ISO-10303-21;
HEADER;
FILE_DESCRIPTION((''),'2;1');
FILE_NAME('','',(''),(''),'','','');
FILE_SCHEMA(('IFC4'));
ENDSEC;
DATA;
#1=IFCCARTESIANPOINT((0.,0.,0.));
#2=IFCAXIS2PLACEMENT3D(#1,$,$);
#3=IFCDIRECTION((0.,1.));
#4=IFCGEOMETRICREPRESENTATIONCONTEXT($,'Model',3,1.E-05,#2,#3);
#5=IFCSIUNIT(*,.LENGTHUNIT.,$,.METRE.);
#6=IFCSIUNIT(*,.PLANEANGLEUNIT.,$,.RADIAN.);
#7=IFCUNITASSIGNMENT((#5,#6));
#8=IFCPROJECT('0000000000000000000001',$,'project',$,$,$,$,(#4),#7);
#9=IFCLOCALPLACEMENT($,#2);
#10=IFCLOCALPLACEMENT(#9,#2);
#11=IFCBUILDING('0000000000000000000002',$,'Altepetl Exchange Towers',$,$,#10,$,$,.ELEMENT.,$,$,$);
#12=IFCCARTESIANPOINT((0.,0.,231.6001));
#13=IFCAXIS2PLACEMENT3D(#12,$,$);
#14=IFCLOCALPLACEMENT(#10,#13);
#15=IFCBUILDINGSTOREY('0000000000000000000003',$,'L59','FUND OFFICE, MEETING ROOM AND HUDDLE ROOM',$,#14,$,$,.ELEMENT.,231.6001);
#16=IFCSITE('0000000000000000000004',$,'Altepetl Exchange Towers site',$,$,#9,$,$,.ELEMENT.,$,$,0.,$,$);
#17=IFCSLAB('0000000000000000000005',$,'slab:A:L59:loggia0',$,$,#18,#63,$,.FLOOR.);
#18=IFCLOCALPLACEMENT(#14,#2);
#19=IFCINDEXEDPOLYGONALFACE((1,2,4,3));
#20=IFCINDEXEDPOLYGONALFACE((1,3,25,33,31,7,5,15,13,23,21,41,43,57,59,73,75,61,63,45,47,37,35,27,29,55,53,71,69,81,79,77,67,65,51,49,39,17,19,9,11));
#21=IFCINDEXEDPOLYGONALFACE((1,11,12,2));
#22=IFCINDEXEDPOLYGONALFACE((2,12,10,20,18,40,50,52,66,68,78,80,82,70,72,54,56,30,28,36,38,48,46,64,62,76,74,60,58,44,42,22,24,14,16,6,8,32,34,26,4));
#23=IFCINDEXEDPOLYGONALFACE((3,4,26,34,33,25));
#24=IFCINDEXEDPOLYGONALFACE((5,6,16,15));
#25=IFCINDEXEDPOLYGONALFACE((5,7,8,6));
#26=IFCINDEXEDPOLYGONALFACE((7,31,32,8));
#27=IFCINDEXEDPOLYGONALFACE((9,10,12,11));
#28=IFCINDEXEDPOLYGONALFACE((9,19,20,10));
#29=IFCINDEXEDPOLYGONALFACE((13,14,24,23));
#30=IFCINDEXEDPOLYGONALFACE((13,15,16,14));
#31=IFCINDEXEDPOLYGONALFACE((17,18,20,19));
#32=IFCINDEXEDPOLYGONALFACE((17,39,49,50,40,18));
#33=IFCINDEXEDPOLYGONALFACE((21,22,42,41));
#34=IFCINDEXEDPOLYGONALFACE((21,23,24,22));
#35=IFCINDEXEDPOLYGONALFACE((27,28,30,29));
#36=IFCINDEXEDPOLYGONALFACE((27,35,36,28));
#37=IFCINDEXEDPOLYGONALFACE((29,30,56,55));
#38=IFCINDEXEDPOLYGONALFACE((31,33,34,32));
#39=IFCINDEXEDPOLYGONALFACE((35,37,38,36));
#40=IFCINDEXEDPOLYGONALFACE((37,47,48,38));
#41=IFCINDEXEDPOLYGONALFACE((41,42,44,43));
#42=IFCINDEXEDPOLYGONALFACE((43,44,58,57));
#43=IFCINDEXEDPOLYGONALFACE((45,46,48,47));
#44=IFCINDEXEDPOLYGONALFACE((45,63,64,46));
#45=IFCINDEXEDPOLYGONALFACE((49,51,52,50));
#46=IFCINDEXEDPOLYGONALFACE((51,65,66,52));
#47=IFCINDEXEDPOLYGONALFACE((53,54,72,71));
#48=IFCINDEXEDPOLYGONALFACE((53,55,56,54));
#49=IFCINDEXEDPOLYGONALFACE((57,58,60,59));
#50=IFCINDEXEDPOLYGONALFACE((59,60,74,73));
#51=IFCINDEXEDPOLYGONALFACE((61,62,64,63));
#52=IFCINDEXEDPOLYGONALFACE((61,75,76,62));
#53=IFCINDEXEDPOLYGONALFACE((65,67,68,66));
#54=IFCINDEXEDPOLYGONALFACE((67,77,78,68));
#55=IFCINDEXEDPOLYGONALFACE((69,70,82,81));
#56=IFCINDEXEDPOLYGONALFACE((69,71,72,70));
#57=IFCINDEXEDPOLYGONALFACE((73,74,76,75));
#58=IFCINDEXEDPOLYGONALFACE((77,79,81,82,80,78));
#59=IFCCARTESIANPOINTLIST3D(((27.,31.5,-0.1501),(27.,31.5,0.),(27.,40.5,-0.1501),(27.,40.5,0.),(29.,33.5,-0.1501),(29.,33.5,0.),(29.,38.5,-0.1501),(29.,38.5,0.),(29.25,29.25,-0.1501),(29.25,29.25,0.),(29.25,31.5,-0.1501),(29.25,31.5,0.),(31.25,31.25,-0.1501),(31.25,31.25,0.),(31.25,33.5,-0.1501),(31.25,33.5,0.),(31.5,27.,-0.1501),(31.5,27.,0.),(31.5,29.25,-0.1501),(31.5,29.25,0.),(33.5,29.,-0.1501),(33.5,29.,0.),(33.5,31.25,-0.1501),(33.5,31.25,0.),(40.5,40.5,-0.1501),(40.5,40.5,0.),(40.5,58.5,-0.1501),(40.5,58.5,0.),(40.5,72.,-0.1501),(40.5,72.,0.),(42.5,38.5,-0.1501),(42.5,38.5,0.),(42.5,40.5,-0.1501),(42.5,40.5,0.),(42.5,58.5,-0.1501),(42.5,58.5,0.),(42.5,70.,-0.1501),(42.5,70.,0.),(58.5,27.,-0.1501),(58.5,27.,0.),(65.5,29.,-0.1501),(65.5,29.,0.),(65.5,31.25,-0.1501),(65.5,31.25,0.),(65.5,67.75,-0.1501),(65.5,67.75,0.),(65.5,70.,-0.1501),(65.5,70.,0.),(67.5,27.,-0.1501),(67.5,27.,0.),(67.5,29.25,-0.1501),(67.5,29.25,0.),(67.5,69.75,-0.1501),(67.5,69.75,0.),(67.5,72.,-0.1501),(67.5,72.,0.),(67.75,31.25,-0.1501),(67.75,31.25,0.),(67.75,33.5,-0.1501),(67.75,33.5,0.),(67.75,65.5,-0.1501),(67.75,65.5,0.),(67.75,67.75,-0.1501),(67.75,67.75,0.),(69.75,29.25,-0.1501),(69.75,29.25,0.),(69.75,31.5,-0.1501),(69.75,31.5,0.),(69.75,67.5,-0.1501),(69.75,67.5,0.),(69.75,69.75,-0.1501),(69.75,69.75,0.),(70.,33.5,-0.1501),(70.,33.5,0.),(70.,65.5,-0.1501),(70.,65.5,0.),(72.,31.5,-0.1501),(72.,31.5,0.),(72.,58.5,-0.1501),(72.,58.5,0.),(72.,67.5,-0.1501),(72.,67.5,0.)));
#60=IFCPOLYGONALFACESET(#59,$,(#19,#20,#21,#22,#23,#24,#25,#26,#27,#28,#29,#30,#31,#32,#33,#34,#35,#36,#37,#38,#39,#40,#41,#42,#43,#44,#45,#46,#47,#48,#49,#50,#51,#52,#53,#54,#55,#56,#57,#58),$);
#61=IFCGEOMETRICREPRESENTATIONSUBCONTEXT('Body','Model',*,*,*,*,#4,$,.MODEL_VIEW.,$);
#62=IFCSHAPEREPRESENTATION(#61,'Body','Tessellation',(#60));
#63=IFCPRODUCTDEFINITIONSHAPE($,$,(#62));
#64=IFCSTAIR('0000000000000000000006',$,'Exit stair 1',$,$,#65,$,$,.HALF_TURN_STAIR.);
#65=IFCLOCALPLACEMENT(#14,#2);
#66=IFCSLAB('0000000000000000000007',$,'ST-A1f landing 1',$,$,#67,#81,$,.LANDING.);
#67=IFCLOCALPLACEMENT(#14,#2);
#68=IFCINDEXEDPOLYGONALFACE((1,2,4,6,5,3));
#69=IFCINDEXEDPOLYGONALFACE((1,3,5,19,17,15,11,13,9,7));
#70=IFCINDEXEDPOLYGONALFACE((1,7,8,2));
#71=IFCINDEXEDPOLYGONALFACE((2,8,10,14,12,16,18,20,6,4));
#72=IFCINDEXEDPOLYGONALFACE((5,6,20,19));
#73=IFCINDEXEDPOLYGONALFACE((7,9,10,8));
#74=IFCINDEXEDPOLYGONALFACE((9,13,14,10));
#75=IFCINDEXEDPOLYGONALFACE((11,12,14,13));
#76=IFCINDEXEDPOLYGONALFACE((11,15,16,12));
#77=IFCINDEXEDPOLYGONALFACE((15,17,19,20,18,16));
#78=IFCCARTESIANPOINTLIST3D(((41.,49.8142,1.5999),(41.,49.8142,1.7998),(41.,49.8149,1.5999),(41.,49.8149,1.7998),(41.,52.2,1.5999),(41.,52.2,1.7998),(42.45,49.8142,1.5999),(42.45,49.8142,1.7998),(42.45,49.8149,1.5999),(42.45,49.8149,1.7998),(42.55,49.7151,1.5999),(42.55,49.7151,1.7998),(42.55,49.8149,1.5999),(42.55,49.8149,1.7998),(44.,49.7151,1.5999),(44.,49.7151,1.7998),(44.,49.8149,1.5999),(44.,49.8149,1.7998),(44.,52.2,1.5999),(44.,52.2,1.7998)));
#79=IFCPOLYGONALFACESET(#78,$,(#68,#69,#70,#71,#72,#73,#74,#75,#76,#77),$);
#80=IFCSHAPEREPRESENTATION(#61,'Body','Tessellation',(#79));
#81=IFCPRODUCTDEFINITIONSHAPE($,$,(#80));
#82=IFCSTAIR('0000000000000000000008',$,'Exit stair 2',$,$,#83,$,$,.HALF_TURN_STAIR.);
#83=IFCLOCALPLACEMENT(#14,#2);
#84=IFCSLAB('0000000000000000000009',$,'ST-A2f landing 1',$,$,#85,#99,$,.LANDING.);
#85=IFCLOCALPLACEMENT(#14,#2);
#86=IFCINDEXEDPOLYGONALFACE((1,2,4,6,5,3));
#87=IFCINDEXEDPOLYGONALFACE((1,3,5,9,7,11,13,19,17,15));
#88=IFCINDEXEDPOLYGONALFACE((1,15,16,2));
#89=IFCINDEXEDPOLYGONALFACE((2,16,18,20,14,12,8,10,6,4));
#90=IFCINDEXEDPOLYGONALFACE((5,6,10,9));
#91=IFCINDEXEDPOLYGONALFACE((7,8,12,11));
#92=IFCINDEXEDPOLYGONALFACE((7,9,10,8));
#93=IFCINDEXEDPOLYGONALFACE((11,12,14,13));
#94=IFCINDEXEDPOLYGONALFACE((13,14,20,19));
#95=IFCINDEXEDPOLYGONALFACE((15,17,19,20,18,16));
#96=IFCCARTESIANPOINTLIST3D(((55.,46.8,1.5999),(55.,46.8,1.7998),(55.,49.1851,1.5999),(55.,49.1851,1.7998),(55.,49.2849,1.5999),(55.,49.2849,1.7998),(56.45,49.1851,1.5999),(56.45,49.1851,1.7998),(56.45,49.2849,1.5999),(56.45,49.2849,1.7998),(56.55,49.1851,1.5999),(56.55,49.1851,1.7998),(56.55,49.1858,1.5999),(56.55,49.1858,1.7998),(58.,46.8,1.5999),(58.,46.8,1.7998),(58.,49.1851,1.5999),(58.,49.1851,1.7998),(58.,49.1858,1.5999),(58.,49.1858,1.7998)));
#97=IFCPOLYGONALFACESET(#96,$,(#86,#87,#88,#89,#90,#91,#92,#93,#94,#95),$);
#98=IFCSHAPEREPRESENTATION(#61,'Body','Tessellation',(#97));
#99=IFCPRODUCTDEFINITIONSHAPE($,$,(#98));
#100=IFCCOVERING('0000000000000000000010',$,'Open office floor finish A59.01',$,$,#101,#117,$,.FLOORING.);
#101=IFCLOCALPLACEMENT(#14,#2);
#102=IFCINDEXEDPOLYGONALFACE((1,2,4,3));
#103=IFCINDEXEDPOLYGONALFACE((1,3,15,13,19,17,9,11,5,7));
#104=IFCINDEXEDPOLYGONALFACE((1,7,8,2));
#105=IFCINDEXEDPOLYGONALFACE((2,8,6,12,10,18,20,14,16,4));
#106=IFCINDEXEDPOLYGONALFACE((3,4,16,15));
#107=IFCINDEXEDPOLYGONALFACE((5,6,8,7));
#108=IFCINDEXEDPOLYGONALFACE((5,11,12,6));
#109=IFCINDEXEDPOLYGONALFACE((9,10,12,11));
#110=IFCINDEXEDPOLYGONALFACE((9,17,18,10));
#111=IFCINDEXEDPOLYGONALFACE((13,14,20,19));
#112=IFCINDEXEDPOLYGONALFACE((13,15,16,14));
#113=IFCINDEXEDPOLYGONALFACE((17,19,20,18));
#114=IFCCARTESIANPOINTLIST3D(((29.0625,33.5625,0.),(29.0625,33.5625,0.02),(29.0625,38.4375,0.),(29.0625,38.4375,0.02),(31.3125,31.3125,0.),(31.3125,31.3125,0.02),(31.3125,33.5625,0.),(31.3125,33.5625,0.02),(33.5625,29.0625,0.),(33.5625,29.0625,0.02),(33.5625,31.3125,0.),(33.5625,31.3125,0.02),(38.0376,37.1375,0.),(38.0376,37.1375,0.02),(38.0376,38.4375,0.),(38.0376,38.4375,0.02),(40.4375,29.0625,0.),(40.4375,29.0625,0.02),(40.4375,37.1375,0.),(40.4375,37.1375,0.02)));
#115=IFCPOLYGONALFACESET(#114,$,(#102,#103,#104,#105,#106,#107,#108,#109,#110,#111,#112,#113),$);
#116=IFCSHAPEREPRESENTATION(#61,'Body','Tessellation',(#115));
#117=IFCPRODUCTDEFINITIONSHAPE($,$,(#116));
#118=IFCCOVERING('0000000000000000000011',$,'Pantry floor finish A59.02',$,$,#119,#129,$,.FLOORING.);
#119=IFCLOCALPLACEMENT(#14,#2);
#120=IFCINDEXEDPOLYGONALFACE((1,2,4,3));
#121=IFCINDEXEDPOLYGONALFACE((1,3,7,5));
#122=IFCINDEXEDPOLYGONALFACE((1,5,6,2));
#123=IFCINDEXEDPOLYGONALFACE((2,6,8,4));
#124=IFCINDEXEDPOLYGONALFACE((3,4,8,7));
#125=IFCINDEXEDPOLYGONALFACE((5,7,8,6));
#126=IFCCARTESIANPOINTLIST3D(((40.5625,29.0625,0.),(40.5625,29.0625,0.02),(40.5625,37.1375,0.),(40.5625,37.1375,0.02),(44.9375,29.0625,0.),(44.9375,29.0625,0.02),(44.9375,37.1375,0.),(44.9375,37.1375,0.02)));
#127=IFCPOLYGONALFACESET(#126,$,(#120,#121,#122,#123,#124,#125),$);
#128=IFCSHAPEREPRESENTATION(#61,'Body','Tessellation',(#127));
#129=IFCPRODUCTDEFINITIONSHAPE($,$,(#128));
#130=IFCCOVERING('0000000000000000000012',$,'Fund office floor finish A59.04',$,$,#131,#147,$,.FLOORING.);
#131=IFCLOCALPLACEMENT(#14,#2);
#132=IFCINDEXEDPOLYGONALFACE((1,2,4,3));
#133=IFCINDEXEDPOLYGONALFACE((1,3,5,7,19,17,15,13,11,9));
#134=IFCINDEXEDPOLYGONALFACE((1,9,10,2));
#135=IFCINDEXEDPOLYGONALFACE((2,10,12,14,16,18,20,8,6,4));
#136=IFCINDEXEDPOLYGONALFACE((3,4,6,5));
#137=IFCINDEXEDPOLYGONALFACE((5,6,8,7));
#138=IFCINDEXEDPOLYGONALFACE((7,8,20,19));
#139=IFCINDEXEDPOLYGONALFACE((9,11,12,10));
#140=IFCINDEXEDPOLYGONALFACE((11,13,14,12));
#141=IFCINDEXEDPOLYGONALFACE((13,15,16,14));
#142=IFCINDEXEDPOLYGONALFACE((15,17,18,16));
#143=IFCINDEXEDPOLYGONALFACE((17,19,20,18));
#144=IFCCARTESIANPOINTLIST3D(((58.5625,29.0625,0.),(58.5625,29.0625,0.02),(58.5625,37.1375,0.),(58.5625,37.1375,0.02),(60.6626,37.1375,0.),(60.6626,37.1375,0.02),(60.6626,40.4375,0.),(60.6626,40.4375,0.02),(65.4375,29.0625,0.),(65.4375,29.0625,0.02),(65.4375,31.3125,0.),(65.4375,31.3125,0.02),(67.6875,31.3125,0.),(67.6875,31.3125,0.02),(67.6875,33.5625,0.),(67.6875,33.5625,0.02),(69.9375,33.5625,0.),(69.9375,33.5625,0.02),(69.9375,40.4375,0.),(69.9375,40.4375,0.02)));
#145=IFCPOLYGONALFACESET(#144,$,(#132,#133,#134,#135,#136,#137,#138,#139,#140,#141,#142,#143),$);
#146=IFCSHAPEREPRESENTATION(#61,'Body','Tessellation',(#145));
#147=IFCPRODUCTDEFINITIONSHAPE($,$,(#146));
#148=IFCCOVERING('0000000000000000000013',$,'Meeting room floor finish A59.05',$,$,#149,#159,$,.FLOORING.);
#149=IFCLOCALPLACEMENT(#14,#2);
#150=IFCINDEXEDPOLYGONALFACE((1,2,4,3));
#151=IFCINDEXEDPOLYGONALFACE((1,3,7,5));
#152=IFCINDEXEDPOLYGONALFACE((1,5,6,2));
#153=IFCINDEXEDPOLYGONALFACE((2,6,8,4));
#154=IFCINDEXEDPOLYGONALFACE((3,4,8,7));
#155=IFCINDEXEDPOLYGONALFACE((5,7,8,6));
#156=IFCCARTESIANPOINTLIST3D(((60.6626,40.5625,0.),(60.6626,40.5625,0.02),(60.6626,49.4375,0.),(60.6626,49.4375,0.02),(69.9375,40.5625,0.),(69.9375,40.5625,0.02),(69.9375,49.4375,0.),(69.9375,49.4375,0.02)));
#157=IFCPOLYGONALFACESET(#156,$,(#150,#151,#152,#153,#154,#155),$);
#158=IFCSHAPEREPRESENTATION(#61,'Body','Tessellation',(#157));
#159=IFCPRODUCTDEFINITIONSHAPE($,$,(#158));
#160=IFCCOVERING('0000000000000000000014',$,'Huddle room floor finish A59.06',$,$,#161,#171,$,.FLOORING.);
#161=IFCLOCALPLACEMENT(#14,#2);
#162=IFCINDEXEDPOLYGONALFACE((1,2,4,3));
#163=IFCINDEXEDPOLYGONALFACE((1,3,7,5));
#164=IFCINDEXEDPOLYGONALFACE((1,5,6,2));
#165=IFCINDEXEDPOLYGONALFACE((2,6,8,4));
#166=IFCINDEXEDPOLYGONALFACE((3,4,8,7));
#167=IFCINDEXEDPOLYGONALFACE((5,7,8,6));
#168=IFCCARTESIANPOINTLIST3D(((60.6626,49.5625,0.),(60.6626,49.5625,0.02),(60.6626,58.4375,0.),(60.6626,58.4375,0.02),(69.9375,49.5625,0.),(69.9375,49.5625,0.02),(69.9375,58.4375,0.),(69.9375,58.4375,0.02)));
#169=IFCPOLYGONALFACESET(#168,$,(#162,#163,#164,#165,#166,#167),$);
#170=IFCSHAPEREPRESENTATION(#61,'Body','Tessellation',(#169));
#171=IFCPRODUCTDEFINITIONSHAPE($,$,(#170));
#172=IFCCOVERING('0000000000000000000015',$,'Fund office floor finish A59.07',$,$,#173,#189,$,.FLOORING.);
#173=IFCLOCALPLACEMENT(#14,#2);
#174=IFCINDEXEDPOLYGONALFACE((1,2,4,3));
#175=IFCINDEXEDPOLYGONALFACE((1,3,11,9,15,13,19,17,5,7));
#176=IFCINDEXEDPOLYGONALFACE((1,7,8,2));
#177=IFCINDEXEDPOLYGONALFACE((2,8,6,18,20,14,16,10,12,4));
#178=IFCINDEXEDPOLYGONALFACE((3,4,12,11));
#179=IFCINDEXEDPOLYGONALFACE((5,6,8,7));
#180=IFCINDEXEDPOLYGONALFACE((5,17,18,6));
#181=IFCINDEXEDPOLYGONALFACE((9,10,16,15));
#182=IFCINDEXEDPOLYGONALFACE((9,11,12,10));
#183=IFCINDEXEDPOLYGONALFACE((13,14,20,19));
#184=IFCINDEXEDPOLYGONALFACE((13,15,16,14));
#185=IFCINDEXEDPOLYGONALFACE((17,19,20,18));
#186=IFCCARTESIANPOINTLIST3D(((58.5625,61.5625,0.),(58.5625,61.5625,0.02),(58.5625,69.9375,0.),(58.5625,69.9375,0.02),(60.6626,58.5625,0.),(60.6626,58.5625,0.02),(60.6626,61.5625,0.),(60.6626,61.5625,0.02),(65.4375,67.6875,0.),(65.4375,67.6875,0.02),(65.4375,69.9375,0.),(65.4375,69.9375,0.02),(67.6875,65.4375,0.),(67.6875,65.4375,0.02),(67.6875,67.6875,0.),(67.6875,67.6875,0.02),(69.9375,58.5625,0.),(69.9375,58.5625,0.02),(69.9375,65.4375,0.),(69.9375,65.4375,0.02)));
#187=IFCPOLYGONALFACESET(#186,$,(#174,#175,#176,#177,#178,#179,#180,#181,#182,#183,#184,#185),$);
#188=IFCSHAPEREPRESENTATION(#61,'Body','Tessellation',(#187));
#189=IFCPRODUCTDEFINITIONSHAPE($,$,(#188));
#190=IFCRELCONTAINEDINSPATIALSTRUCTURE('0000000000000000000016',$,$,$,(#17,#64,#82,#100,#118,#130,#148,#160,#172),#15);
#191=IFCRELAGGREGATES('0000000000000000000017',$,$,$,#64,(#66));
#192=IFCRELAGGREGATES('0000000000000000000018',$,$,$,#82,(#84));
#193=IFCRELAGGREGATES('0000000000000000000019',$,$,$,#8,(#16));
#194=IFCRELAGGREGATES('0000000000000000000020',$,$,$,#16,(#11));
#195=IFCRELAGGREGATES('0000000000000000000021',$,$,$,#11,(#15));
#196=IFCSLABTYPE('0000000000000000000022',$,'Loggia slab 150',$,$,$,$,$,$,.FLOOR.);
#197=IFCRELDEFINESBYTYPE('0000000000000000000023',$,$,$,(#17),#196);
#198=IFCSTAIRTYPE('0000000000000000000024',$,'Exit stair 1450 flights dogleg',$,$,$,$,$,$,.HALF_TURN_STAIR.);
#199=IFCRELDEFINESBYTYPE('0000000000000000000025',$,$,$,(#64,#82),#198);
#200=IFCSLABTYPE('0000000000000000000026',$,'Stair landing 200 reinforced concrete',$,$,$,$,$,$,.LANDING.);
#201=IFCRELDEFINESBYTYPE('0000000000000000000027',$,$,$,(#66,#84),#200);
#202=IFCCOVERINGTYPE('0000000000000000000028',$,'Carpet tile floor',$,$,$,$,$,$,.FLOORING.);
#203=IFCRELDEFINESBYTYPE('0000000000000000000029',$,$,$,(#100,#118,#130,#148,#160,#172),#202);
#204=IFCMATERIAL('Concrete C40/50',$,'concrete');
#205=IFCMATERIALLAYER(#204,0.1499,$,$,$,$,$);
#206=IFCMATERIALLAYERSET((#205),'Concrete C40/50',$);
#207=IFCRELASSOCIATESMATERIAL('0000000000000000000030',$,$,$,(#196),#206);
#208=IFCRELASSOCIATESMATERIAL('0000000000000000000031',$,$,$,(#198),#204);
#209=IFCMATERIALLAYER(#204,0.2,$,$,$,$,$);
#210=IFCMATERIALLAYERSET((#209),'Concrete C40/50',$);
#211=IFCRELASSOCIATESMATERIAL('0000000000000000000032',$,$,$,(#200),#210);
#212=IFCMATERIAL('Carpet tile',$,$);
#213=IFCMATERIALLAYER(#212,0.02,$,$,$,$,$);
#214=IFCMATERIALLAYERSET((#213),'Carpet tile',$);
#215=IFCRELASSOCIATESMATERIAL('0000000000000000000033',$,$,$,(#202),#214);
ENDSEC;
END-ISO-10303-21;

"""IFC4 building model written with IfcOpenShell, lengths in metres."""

from ifc_helpers import new_model, si_unit, direction, frame, origin, place, context, subcontext, project, spatial, polyline, outline, extrude, material, layer, layer_set, type_object, element, aggregate, save


model = new_model("IFC4")

# Units and contexts
model_context = context("Model", 3, precision=1e-05, world=origin(), true_north=direction((0.0, 1.0)))
body_context = subcontext(model_context, "Body", "Model", "MODEL_VIEW")
ifc_project = project(units=[si_unit("LENGTHUNIT", "METRE"), si_unit("PLANEANGLEUNIT", "RADIAN")], contexts=[model_context])

# Site, building, storey
site_placement = place(None, origin())
site = spatial("IfcSite", under=ifc_project, at=site_placement, Name="Altepetl Exchange Towers site", CompositionType="ELEMENT", RefElevation=0.0)
building_placement = place(site_placement, origin())
building = spatial("IfcBuilding", under=site, at=building_placement, Name="Altepetl Exchange Towers", CompositionType="ELEMENT")
storey_placement = place(building_placement, frame((0.0, 0.0, 231.6001)))
storey = spatial("IfcBuildingStorey", under=building, at=storey_placement, Name="L59", Description="FUND OFFICE, MEETING ROOM AND HUDDLE ROOM", CompositionType="ELEMENT", Elevation=231.6001)

# Shared definitions
ifc_material_1 = material(Name="Concrete C40/50", Category="concrete")

# Slab
ifc_layer_1 = layer(ifc_material_1, 0.1499)
ifc_layer_set_1 = layer_set([ifc_layer_1], Name="Concrete C40/50")
slab_type_1 = type_object("IfcSlabType", Name="Loggia slab 150", PredefinedType="FLOOR", material=ifc_layer_set_1)
slab_1_placement = place(storey_placement, frame((0.0, 0.0, -0.1501)))
element("IfcSlab", 1, at=slab_1_placement, inside=storey, type_object=slab_type_1, Name="slab:A:L59:loggia0", PredefinedType="FLOOR", context=body_context, shape_type="SweptSolid", body=[
    extrude(outline(polyline([(40.5, 72.0), (40.5, 58.5), (42.5, 58.5), (42.5, 70.0), (65.5, 70.0), (65.5, 67.75), (67.75, 67.75), (67.75, 65.5), (70.0, 65.5), (70.0, 33.5), (67.75, 33.5), (67.75, 31.25), (65.5, 31.25), (65.5, 29.0), (33.5, 29.0), (33.5, 31.25), (31.25, 31.25), (31.25, 33.5), (29.0, 33.5), (29.0, 38.5), (42.5, 38.5), (42.5, 40.5), (40.5, 40.5), (27.0, 40.5), (27.0, 31.5), (29.25, 31.5), (29.25, 29.25), (31.5, 29.25), (31.5, 27.0), (58.5, 27.0), (67.5, 27.0), (67.5, 29.25), (69.75, 29.25), (69.75, 31.5), (72.0, 31.5), (72.0, 58.5), (72.0, 67.5), (69.75, 67.5), (69.75, 69.75), (67.5, 69.75), (67.5, 72.0), (40.5, 72.0)])), origin(), (0.0, 0.0, 1.0), 0.1501),
])

# Stairs, slabs
stair_type = type_object("IfcStairType", Name="Exit stair 1450 flights dogleg", PredefinedType="HALF_TURN_STAIR", material=ifc_material_1)
stair_1_placement = place(storey_placement, origin())
stair_1 = element("IfcStair", 2, at=stair_1_placement, inside=storey, type_object=stair_type, Name="Exit stair 1", PredefinedType="HALF_TURN_STAIR")
ifc_layer_2 = layer(ifc_material_1, 0.2)
ifc_layer_set_2 = layer_set([ifc_layer_2], Name="Concrete C40/50")
slab_type_2 = type_object("IfcSlabType", Name="Stair landing 200 reinforced concrete", PredefinedType="LANDING", material=ifc_layer_set_2)
slab_2_placement = place(storey_placement, frame((0.0, 0.0, 1.5999)))
slab_2 = element("IfcSlab", 3, at=slab_2_placement, type_object=slab_type_2, Name="ST-A1f landing 1", PredefinedType="LANDING", context=body_context, shape_type="SweptSolid", body=[
    extrude(outline(polyline([(44.0, 49.7151), (42.55, 49.7151), (42.55, 49.8149), (42.45, 49.8149), (42.45, 49.8142), (41.0, 49.8142), (41.0, 49.8149), (41.0, 52.2), (44.0, 52.2), (44.0, 49.8149), (44.0, 49.7151)])), origin(), (0.0, 0.0, 1.0), 0.2),
])
aggregate(stair_1, [slab_2])
stair_2_placement = place(storey_placement, origin())
stair_2 = element("IfcStair", 4, at=stair_2_placement, inside=storey, type_object=stair_type, Name="Exit stair 2", PredefinedType="HALF_TURN_STAIR")
slab_3_placement = place(storey_placement, frame((0.0, 0.0, 1.5999)))
slab_3 = element("IfcSlab", 5, at=slab_3_placement, type_object=slab_type_2, Name="ST-A2f landing 1", PredefinedType="LANDING", context=body_context, shape_type="SweptSolid", body=[
    extrude(outline(polyline([(58.0, 46.8), (55.0, 46.8), (55.0, 49.1851), (55.0, 49.2849), (56.45, 49.2849), (56.45, 49.1851), (56.55, 49.1851), (56.55, 49.1858), (58.0, 49.1858), (58.0, 49.1851), (58.0, 46.8)])), origin(), (0.0, 0.0, 1.0), 0.2),
])
aggregate(stair_2, [slab_3])

# Coverings
ifc_material_2 = material(Name="Carpet tile")
ifc_layer_3 = layer(ifc_material_2, 0.02)
ifc_layer_set_3 = layer_set([ifc_layer_3], Name="Carpet tile")
covering_type_1 = type_object("IfcCoveringType", Name="Carpet tile floor", PredefinedType="FLOORING", material=ifc_layer_set_3)
covering_1_placement = place(storey_placement, origin())
element("IfcCovering", 6, at=covering_1_placement, inside=storey, type_object=covering_type_1, Name="Open office floor finish A59.01", PredefinedType="FLOORING", context=body_context, shape_type="SweptSolid", body=[
    extrude(outline(polyline([(33.5625, 31.3125), (33.5625, 29.0625), (40.4375, 29.0625), (40.4375, 37.1375), (38.0376, 37.1375), (38.0376, 38.4375), (29.0625, 38.4375), (29.0625, 33.5625), (31.3125, 33.5625), (31.3125, 31.3125), (33.5625, 31.3125)])), origin(), (0.0, 0.0, 1.0), 0.02),
])
covering_2_placement = place(storey_placement, origin())
element("IfcCovering", 7, at=covering_2_placement, inside=storey, type_object=covering_type_1, Name="Pantry floor finish A59.02", PredefinedType="FLOORING", context=body_context, shape_type="SweptSolid", body=[
    extrude(outline(polyline([(40.5625, 37.1375), (40.5625, 29.0625), (44.9375, 29.0625), (44.9375, 37.1375), (40.5625, 37.1375)])), origin(), (0.0, 0.0, 1.0), 0.02),
])
covering_3_placement = place(storey_placement, origin())
element("IfcCovering", 8, at=covering_3_placement, inside=storey, type_object=covering_type_1, Name="Fund office floor finish A59.04", PredefinedType="FLOORING", context=body_context, shape_type="SweptSolid", body=[
    extrude(outline(polyline([(58.5625, 37.1375), (58.5625, 29.0625), (65.4375, 29.0625), (65.4375, 31.3125), (67.6875, 31.3125), (67.6875, 33.5625), (69.9375, 33.5625), (69.9375, 40.4375), (60.6626, 40.4375), (60.6626, 37.1375), (58.5625, 37.1375)])), origin(), (0.0, 0.0, 1.0), 0.02),
])
covering_4_placement = place(storey_placement, origin())
element("IfcCovering", 9, at=covering_4_placement, inside=storey, type_object=covering_type_1, Name="Meeting room floor finish A59.05", PredefinedType="FLOORING", context=body_context, shape_type="SweptSolid", body=[
    extrude(outline(polyline([(60.6626, 40.5625), (69.9375, 40.5625), (69.9375, 49.4375), (60.6626, 49.4375), (60.6626, 40.5625)])), origin(), (0.0, 0.0, 1.0), 0.02),
])
covering_5_placement = place(storey_placement, origin())
element("IfcCovering", 10, at=covering_5_placement, inside=storey, type_object=covering_type_1, Name="Huddle room floor finish A59.06", PredefinedType="FLOORING", context=body_context, shape_type="SweptSolid", body=[
    extrude(outline(polyline([(60.6626, 49.5625), (69.9375, 49.5625), (69.9375, 58.4375), (60.6626, 58.4375), (60.6626, 49.5625)])), origin(), (0.0, 0.0, 1.0), 0.02),
])
covering_6_placement = place(storey_placement, origin())
element("IfcCovering", 11, at=covering_6_placement, inside=storey, type_object=covering_type_1, Name="Fund office floor finish A59.07", PredefinedType="FLOORING", context=body_context, shape_type="SweptSolid", body=[
    extrude(outline(polyline([(60.6626, 58.5625), (69.9375, 58.5625), (69.9375, 65.4375), (67.6875, 65.4375), (67.6875, 67.6875), (65.4375, 67.6875), (65.4375, 69.9375), (58.5625, 69.9375), (58.5625, 61.5625), (60.6626, 61.5625), (60.6626, 58.5625)])), origin(), (0.0, 0.0, 1.0), 0.02),
])

save(model, "model.ifc")
